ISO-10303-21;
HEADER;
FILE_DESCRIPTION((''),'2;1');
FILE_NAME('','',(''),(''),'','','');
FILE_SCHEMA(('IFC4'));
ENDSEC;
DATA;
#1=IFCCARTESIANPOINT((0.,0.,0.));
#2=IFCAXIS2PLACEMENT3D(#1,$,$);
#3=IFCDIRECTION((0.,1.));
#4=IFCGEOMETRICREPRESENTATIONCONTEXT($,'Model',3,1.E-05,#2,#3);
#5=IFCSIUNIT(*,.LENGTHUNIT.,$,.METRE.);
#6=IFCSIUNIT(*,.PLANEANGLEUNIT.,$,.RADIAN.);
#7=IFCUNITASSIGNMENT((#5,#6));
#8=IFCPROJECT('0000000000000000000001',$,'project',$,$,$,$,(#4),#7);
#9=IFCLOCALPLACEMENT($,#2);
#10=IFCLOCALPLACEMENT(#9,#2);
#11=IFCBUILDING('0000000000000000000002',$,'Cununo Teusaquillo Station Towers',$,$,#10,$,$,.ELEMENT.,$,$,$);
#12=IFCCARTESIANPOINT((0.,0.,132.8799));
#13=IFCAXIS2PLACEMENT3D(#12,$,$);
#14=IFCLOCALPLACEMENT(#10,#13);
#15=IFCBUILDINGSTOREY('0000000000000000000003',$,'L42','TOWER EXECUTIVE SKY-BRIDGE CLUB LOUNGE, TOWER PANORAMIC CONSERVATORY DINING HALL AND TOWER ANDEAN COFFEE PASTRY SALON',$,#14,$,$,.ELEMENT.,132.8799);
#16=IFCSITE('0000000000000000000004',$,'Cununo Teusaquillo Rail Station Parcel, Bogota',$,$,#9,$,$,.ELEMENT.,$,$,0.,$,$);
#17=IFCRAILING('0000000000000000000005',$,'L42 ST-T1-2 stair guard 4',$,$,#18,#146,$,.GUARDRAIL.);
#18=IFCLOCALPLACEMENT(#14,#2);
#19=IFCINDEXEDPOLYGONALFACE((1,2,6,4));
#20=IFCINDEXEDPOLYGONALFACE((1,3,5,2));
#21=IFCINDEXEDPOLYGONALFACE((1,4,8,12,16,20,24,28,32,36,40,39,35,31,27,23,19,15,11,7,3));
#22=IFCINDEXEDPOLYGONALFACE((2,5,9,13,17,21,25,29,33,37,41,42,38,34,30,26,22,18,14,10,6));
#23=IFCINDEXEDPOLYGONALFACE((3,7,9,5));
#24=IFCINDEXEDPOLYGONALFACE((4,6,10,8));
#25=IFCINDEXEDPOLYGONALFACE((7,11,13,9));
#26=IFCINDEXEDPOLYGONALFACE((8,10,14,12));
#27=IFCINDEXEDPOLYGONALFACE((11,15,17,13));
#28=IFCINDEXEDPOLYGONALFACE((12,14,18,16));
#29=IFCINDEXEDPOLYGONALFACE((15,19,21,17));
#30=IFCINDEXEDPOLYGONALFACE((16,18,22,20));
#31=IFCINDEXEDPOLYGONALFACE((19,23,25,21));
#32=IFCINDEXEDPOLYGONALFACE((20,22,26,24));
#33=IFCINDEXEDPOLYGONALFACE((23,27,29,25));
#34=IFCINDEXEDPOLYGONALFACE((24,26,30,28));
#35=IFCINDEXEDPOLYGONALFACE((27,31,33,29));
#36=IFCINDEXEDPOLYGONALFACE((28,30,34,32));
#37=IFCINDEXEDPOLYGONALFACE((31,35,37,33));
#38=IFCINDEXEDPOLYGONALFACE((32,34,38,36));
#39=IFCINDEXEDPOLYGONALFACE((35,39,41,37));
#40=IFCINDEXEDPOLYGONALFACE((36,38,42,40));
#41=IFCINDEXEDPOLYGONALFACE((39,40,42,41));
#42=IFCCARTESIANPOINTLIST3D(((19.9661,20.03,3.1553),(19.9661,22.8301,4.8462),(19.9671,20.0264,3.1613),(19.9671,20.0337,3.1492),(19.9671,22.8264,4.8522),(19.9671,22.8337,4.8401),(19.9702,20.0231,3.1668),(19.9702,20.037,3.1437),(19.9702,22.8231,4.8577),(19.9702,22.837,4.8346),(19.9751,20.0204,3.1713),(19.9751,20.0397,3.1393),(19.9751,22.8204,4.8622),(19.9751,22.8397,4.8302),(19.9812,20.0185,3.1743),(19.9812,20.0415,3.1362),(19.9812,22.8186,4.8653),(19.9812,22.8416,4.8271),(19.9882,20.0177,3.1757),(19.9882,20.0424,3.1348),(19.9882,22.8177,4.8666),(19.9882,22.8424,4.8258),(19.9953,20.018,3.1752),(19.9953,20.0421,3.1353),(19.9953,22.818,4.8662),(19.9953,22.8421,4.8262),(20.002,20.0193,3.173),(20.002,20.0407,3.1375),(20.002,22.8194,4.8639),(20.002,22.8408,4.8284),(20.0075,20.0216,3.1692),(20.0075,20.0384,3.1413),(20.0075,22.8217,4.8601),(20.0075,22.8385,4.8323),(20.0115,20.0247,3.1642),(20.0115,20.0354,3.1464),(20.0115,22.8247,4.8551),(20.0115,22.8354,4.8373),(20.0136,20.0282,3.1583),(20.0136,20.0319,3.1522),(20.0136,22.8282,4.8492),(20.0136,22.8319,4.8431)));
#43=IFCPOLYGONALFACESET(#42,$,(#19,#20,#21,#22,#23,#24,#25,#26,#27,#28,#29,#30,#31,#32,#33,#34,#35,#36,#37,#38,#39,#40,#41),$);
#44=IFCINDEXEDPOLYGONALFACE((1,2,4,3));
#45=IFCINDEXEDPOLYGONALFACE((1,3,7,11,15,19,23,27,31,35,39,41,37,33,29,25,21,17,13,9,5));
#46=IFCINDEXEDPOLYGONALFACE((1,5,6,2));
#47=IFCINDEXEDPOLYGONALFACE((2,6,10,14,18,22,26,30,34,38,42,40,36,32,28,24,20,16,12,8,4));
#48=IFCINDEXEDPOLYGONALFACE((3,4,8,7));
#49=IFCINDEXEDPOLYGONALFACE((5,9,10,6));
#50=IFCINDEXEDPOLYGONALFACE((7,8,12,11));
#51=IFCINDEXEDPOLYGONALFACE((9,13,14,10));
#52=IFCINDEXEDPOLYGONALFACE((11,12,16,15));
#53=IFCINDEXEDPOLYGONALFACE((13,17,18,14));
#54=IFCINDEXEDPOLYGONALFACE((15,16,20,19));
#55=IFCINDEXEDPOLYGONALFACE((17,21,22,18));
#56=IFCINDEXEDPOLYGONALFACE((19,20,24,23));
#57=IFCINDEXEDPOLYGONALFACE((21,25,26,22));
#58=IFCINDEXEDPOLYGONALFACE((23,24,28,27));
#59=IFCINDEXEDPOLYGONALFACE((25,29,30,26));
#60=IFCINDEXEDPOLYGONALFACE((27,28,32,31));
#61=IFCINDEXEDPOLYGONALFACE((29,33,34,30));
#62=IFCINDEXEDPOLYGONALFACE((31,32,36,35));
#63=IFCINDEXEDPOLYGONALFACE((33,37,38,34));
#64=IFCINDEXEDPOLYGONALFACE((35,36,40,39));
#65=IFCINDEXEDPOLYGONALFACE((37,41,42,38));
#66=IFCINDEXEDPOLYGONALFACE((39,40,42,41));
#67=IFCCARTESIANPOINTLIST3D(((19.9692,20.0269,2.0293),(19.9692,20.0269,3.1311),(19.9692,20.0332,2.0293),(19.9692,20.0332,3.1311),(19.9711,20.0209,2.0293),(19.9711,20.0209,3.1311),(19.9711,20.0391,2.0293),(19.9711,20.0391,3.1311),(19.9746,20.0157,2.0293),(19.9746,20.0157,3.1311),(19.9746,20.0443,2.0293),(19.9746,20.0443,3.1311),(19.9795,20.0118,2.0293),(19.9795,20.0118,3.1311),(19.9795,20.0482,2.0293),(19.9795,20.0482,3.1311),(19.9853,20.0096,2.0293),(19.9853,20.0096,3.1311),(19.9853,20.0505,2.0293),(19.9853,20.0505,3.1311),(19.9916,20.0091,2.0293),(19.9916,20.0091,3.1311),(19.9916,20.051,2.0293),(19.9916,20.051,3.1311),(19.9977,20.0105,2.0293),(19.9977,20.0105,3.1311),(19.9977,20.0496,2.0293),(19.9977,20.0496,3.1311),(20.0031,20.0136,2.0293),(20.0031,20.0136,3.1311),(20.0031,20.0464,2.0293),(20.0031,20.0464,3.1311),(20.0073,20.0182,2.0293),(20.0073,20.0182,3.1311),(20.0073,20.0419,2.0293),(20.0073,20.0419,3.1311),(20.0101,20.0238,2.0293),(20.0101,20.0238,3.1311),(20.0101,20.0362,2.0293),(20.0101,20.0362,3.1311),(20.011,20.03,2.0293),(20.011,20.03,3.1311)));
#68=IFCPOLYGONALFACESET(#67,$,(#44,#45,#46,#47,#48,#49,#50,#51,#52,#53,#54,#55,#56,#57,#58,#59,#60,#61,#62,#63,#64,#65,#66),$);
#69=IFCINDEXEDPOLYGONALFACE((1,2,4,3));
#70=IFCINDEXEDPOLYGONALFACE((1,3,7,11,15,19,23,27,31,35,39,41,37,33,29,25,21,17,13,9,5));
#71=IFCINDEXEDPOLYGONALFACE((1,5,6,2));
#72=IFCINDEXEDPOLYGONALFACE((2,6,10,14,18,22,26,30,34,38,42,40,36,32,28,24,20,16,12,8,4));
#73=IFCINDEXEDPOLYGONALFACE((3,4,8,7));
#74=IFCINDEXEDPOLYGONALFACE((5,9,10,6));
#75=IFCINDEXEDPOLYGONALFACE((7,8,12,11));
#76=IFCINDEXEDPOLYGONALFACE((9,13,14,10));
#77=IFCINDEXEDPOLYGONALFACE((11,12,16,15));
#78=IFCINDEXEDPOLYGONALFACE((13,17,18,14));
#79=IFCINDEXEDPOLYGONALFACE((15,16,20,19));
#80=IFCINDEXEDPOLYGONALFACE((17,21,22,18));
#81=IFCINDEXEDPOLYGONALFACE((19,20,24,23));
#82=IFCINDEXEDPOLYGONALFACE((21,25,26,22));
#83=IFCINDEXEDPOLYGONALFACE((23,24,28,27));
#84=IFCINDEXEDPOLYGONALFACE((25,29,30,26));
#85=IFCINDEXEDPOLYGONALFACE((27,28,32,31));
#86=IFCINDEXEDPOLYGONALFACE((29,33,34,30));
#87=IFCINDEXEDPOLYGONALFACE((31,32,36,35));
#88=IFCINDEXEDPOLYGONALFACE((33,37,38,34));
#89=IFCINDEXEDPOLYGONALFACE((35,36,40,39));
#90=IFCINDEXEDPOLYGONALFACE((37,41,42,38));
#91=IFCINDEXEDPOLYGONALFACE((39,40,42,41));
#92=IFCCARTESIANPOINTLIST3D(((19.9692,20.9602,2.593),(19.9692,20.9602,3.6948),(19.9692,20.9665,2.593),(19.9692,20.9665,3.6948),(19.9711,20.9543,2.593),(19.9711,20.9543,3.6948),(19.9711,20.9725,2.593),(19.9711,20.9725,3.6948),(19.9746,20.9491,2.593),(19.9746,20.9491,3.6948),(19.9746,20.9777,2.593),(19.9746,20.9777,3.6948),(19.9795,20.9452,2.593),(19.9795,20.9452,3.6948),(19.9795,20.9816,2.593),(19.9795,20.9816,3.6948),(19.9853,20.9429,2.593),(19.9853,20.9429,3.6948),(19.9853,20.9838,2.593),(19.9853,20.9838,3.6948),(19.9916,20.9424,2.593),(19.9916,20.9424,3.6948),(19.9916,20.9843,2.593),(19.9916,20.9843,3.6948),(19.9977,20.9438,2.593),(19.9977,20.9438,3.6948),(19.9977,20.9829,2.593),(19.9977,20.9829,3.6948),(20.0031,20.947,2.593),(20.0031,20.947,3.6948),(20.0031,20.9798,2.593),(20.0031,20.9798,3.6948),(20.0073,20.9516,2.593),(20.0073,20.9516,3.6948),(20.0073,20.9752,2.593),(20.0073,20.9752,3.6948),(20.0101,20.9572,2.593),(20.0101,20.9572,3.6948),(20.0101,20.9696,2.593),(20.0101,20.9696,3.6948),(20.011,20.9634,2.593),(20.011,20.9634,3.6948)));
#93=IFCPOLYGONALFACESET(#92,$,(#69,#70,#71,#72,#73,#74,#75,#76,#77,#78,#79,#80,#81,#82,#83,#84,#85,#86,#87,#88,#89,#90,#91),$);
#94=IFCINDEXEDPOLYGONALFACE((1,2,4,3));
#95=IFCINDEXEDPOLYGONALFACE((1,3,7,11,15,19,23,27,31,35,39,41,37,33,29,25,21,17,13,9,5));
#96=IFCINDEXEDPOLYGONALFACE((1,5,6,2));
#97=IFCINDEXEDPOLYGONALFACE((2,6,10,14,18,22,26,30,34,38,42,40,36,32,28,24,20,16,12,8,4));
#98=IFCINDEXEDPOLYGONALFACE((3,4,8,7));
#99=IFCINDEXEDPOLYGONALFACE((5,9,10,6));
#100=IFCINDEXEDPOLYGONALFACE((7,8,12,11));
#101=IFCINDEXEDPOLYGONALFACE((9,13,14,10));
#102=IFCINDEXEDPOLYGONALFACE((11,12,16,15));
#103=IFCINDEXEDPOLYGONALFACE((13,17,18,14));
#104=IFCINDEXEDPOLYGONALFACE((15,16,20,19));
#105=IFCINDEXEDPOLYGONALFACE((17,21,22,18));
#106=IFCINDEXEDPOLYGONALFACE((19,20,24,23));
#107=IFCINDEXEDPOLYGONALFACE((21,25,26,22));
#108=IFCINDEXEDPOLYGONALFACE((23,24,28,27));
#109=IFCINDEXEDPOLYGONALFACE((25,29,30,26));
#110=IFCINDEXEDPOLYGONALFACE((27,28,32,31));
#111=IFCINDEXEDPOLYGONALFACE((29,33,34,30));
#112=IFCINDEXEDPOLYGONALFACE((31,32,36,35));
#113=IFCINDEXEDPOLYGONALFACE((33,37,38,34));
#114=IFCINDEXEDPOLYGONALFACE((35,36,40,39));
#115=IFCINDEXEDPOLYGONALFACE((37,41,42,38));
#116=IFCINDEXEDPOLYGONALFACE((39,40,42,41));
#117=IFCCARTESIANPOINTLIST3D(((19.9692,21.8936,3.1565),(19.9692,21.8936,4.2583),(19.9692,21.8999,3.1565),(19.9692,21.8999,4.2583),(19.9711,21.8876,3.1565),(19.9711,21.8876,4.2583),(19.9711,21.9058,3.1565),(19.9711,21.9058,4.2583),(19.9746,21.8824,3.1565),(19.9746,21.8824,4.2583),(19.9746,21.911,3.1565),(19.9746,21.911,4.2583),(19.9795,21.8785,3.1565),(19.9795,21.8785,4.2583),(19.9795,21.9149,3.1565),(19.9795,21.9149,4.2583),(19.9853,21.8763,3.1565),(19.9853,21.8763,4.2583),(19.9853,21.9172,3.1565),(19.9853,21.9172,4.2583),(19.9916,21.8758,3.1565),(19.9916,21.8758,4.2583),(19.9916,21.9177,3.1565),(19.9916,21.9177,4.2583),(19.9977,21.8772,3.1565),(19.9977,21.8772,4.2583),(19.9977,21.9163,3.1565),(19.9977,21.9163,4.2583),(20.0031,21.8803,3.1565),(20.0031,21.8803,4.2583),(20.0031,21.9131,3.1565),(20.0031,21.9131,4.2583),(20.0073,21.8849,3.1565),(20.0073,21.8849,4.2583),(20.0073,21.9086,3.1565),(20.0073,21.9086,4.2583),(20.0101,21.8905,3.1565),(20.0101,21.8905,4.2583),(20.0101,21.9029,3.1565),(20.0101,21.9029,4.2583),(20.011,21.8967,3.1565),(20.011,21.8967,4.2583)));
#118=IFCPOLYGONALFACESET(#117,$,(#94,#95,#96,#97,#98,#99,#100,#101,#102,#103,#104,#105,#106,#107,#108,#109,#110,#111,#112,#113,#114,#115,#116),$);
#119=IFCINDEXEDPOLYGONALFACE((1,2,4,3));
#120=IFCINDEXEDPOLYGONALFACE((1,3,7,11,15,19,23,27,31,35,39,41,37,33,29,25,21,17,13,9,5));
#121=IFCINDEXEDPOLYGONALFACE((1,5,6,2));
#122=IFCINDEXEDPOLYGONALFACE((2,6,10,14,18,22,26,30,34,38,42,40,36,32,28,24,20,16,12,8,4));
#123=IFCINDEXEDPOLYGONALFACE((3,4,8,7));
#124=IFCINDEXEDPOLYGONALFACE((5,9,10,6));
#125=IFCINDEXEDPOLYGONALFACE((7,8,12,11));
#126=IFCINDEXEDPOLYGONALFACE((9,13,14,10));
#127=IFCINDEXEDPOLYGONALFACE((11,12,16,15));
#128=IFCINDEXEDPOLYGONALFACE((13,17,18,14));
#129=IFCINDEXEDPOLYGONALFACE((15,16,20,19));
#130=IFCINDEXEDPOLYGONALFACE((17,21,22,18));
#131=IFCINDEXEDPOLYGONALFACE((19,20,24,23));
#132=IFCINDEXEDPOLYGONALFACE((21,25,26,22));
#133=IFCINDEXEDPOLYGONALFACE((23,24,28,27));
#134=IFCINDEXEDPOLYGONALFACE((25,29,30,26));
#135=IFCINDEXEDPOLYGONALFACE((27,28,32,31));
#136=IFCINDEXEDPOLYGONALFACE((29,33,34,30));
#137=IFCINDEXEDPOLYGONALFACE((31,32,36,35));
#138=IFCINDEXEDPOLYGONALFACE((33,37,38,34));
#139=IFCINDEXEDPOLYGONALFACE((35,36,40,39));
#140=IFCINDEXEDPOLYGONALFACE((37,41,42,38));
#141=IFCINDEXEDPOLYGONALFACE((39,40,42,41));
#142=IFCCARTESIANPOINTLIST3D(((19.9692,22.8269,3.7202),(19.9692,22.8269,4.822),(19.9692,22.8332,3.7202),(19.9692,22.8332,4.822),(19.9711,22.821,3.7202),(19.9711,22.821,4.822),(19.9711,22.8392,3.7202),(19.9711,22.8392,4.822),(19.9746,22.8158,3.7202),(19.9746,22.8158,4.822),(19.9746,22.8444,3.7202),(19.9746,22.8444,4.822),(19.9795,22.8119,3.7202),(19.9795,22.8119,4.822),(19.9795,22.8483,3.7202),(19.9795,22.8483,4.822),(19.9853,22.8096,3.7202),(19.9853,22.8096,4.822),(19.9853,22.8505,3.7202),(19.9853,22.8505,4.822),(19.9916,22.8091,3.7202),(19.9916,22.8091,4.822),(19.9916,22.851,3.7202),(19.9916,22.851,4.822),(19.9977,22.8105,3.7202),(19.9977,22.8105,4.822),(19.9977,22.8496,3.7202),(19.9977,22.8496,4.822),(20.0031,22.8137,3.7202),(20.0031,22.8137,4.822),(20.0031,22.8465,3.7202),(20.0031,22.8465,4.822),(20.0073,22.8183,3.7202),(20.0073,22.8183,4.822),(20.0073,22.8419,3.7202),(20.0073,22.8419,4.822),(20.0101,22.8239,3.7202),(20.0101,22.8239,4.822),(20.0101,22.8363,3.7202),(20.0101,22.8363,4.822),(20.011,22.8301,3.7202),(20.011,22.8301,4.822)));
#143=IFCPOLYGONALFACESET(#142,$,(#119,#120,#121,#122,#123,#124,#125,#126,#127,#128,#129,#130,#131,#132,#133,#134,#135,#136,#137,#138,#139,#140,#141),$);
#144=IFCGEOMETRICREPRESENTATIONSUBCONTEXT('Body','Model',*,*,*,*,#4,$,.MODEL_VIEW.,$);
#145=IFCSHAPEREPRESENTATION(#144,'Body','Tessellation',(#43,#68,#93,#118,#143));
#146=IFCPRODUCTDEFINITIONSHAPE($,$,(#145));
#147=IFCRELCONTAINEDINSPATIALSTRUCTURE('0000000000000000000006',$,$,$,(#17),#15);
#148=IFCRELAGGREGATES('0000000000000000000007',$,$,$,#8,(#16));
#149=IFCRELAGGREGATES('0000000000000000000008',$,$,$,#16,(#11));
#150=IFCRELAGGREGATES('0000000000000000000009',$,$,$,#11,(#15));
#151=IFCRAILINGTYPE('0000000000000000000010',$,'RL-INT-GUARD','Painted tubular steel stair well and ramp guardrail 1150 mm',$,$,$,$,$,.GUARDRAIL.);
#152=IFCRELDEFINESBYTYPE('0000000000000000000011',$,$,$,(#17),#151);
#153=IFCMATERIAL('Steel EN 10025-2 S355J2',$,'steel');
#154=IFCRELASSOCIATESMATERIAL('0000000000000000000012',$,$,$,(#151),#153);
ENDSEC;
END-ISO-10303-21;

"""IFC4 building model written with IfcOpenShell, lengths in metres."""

from ifc_helpers import new_model, si_unit, direction, frame, origin, origin_2d, place, context, subcontext, project, spatial, circle, extrude, material, type_object, element, save


model = new_model("IFC4")

# Units and contexts
model_context = context("Model", 3, precision=1e-05, world=origin(), true_north=direction((0.0, 1.0)))
body_context = subcontext(model_context, "Body", "Model", "MODEL_VIEW")
ifc_project = project(units=[si_unit("LENGTHUNIT", "METRE"), si_unit("PLANEANGLEUNIT", "RADIAN")], contexts=[model_context])

# Site, building, storey
site_placement = place(None, origin())
site = spatial("IfcSite", under=ifc_project, at=site_placement, Name="Cununo Teusaquillo Rail Station Parcel, Bogota", CompositionType="ELEMENT", RefElevation=0.0)
building_placement = place(site_placement, origin())
building = spatial("IfcBuilding", under=site, at=building_placement, Name="Cununo Teusaquillo Station Towers", CompositionType="ELEMENT")
storey_placement = place(building_placement, frame((0.0, 0.0, 132.8799)))
storey = spatial("IfcBuildingStorey", under=building, at=storey_placement, Name="L42", Description="TOWER EXECUTIVE SKY-BRIDGE CLUB LOUNGE, TOWER PANORAMIC CONSERVATORY DINING HALL AND TOWER ANDEAN COFFEE PASTRY SALON", CompositionType="ELEMENT", Elevation=132.8799)

# Railing
ifc_material_1 = material(Name="Steel EN 10025-2 S355J2", Category="steel")
railing_type_1 = type_object("IfcRailingType", Name="RL-INT-GUARD", Description="Painted tubular steel stair well and ramp guardrail 1150 mm", PredefinedType="GUARDRAIL", material=ifc_material_1)
railing_1_placement = place(storey_placement, frame((19.99, 20.03, 2.0293)))
element("IfcRailing", 1, at=railing_1_placement, inside=storey, type_object=railing_type_1, Name="L42 ST-T1-2 stair guard 4", PredefinedType="GUARDRAIL", context=body_context, shape_type="SweptSolid", body=[
    extrude(circle(Radius=0.0239, at=origin_2d()), frame((0.0, 0.0, 1.126), z_axis=(0.0, 0.856021, 0.516941), x_axis=(-1.0, 0.0, 0.0)), (0.0, 0.0, 1.0), 3.271),
    extrude(circle(Radius=0.021, at=origin_2d()), origin(), (0.0, 0.0, 1.0), 1.1018),
    extrude(circle(Radius=0.021, at=origin_2d()), frame((0.0, 0.9333, 0.5637)), (0.0, 0.0, 1.0), 1.1018),
    extrude(circle(Radius=0.021, at=origin_2d()), frame((0.0, 1.8667, 1.1272)), (0.0, 0.0, 1.0), 1.1018),
    extrude(circle(Radius=0.021, at=origin_2d()), frame((0.0, 2.8, 1.6909)), (0.0, 0.0, 1.0), 1.1018),
])

save(model, "model.ifc")
